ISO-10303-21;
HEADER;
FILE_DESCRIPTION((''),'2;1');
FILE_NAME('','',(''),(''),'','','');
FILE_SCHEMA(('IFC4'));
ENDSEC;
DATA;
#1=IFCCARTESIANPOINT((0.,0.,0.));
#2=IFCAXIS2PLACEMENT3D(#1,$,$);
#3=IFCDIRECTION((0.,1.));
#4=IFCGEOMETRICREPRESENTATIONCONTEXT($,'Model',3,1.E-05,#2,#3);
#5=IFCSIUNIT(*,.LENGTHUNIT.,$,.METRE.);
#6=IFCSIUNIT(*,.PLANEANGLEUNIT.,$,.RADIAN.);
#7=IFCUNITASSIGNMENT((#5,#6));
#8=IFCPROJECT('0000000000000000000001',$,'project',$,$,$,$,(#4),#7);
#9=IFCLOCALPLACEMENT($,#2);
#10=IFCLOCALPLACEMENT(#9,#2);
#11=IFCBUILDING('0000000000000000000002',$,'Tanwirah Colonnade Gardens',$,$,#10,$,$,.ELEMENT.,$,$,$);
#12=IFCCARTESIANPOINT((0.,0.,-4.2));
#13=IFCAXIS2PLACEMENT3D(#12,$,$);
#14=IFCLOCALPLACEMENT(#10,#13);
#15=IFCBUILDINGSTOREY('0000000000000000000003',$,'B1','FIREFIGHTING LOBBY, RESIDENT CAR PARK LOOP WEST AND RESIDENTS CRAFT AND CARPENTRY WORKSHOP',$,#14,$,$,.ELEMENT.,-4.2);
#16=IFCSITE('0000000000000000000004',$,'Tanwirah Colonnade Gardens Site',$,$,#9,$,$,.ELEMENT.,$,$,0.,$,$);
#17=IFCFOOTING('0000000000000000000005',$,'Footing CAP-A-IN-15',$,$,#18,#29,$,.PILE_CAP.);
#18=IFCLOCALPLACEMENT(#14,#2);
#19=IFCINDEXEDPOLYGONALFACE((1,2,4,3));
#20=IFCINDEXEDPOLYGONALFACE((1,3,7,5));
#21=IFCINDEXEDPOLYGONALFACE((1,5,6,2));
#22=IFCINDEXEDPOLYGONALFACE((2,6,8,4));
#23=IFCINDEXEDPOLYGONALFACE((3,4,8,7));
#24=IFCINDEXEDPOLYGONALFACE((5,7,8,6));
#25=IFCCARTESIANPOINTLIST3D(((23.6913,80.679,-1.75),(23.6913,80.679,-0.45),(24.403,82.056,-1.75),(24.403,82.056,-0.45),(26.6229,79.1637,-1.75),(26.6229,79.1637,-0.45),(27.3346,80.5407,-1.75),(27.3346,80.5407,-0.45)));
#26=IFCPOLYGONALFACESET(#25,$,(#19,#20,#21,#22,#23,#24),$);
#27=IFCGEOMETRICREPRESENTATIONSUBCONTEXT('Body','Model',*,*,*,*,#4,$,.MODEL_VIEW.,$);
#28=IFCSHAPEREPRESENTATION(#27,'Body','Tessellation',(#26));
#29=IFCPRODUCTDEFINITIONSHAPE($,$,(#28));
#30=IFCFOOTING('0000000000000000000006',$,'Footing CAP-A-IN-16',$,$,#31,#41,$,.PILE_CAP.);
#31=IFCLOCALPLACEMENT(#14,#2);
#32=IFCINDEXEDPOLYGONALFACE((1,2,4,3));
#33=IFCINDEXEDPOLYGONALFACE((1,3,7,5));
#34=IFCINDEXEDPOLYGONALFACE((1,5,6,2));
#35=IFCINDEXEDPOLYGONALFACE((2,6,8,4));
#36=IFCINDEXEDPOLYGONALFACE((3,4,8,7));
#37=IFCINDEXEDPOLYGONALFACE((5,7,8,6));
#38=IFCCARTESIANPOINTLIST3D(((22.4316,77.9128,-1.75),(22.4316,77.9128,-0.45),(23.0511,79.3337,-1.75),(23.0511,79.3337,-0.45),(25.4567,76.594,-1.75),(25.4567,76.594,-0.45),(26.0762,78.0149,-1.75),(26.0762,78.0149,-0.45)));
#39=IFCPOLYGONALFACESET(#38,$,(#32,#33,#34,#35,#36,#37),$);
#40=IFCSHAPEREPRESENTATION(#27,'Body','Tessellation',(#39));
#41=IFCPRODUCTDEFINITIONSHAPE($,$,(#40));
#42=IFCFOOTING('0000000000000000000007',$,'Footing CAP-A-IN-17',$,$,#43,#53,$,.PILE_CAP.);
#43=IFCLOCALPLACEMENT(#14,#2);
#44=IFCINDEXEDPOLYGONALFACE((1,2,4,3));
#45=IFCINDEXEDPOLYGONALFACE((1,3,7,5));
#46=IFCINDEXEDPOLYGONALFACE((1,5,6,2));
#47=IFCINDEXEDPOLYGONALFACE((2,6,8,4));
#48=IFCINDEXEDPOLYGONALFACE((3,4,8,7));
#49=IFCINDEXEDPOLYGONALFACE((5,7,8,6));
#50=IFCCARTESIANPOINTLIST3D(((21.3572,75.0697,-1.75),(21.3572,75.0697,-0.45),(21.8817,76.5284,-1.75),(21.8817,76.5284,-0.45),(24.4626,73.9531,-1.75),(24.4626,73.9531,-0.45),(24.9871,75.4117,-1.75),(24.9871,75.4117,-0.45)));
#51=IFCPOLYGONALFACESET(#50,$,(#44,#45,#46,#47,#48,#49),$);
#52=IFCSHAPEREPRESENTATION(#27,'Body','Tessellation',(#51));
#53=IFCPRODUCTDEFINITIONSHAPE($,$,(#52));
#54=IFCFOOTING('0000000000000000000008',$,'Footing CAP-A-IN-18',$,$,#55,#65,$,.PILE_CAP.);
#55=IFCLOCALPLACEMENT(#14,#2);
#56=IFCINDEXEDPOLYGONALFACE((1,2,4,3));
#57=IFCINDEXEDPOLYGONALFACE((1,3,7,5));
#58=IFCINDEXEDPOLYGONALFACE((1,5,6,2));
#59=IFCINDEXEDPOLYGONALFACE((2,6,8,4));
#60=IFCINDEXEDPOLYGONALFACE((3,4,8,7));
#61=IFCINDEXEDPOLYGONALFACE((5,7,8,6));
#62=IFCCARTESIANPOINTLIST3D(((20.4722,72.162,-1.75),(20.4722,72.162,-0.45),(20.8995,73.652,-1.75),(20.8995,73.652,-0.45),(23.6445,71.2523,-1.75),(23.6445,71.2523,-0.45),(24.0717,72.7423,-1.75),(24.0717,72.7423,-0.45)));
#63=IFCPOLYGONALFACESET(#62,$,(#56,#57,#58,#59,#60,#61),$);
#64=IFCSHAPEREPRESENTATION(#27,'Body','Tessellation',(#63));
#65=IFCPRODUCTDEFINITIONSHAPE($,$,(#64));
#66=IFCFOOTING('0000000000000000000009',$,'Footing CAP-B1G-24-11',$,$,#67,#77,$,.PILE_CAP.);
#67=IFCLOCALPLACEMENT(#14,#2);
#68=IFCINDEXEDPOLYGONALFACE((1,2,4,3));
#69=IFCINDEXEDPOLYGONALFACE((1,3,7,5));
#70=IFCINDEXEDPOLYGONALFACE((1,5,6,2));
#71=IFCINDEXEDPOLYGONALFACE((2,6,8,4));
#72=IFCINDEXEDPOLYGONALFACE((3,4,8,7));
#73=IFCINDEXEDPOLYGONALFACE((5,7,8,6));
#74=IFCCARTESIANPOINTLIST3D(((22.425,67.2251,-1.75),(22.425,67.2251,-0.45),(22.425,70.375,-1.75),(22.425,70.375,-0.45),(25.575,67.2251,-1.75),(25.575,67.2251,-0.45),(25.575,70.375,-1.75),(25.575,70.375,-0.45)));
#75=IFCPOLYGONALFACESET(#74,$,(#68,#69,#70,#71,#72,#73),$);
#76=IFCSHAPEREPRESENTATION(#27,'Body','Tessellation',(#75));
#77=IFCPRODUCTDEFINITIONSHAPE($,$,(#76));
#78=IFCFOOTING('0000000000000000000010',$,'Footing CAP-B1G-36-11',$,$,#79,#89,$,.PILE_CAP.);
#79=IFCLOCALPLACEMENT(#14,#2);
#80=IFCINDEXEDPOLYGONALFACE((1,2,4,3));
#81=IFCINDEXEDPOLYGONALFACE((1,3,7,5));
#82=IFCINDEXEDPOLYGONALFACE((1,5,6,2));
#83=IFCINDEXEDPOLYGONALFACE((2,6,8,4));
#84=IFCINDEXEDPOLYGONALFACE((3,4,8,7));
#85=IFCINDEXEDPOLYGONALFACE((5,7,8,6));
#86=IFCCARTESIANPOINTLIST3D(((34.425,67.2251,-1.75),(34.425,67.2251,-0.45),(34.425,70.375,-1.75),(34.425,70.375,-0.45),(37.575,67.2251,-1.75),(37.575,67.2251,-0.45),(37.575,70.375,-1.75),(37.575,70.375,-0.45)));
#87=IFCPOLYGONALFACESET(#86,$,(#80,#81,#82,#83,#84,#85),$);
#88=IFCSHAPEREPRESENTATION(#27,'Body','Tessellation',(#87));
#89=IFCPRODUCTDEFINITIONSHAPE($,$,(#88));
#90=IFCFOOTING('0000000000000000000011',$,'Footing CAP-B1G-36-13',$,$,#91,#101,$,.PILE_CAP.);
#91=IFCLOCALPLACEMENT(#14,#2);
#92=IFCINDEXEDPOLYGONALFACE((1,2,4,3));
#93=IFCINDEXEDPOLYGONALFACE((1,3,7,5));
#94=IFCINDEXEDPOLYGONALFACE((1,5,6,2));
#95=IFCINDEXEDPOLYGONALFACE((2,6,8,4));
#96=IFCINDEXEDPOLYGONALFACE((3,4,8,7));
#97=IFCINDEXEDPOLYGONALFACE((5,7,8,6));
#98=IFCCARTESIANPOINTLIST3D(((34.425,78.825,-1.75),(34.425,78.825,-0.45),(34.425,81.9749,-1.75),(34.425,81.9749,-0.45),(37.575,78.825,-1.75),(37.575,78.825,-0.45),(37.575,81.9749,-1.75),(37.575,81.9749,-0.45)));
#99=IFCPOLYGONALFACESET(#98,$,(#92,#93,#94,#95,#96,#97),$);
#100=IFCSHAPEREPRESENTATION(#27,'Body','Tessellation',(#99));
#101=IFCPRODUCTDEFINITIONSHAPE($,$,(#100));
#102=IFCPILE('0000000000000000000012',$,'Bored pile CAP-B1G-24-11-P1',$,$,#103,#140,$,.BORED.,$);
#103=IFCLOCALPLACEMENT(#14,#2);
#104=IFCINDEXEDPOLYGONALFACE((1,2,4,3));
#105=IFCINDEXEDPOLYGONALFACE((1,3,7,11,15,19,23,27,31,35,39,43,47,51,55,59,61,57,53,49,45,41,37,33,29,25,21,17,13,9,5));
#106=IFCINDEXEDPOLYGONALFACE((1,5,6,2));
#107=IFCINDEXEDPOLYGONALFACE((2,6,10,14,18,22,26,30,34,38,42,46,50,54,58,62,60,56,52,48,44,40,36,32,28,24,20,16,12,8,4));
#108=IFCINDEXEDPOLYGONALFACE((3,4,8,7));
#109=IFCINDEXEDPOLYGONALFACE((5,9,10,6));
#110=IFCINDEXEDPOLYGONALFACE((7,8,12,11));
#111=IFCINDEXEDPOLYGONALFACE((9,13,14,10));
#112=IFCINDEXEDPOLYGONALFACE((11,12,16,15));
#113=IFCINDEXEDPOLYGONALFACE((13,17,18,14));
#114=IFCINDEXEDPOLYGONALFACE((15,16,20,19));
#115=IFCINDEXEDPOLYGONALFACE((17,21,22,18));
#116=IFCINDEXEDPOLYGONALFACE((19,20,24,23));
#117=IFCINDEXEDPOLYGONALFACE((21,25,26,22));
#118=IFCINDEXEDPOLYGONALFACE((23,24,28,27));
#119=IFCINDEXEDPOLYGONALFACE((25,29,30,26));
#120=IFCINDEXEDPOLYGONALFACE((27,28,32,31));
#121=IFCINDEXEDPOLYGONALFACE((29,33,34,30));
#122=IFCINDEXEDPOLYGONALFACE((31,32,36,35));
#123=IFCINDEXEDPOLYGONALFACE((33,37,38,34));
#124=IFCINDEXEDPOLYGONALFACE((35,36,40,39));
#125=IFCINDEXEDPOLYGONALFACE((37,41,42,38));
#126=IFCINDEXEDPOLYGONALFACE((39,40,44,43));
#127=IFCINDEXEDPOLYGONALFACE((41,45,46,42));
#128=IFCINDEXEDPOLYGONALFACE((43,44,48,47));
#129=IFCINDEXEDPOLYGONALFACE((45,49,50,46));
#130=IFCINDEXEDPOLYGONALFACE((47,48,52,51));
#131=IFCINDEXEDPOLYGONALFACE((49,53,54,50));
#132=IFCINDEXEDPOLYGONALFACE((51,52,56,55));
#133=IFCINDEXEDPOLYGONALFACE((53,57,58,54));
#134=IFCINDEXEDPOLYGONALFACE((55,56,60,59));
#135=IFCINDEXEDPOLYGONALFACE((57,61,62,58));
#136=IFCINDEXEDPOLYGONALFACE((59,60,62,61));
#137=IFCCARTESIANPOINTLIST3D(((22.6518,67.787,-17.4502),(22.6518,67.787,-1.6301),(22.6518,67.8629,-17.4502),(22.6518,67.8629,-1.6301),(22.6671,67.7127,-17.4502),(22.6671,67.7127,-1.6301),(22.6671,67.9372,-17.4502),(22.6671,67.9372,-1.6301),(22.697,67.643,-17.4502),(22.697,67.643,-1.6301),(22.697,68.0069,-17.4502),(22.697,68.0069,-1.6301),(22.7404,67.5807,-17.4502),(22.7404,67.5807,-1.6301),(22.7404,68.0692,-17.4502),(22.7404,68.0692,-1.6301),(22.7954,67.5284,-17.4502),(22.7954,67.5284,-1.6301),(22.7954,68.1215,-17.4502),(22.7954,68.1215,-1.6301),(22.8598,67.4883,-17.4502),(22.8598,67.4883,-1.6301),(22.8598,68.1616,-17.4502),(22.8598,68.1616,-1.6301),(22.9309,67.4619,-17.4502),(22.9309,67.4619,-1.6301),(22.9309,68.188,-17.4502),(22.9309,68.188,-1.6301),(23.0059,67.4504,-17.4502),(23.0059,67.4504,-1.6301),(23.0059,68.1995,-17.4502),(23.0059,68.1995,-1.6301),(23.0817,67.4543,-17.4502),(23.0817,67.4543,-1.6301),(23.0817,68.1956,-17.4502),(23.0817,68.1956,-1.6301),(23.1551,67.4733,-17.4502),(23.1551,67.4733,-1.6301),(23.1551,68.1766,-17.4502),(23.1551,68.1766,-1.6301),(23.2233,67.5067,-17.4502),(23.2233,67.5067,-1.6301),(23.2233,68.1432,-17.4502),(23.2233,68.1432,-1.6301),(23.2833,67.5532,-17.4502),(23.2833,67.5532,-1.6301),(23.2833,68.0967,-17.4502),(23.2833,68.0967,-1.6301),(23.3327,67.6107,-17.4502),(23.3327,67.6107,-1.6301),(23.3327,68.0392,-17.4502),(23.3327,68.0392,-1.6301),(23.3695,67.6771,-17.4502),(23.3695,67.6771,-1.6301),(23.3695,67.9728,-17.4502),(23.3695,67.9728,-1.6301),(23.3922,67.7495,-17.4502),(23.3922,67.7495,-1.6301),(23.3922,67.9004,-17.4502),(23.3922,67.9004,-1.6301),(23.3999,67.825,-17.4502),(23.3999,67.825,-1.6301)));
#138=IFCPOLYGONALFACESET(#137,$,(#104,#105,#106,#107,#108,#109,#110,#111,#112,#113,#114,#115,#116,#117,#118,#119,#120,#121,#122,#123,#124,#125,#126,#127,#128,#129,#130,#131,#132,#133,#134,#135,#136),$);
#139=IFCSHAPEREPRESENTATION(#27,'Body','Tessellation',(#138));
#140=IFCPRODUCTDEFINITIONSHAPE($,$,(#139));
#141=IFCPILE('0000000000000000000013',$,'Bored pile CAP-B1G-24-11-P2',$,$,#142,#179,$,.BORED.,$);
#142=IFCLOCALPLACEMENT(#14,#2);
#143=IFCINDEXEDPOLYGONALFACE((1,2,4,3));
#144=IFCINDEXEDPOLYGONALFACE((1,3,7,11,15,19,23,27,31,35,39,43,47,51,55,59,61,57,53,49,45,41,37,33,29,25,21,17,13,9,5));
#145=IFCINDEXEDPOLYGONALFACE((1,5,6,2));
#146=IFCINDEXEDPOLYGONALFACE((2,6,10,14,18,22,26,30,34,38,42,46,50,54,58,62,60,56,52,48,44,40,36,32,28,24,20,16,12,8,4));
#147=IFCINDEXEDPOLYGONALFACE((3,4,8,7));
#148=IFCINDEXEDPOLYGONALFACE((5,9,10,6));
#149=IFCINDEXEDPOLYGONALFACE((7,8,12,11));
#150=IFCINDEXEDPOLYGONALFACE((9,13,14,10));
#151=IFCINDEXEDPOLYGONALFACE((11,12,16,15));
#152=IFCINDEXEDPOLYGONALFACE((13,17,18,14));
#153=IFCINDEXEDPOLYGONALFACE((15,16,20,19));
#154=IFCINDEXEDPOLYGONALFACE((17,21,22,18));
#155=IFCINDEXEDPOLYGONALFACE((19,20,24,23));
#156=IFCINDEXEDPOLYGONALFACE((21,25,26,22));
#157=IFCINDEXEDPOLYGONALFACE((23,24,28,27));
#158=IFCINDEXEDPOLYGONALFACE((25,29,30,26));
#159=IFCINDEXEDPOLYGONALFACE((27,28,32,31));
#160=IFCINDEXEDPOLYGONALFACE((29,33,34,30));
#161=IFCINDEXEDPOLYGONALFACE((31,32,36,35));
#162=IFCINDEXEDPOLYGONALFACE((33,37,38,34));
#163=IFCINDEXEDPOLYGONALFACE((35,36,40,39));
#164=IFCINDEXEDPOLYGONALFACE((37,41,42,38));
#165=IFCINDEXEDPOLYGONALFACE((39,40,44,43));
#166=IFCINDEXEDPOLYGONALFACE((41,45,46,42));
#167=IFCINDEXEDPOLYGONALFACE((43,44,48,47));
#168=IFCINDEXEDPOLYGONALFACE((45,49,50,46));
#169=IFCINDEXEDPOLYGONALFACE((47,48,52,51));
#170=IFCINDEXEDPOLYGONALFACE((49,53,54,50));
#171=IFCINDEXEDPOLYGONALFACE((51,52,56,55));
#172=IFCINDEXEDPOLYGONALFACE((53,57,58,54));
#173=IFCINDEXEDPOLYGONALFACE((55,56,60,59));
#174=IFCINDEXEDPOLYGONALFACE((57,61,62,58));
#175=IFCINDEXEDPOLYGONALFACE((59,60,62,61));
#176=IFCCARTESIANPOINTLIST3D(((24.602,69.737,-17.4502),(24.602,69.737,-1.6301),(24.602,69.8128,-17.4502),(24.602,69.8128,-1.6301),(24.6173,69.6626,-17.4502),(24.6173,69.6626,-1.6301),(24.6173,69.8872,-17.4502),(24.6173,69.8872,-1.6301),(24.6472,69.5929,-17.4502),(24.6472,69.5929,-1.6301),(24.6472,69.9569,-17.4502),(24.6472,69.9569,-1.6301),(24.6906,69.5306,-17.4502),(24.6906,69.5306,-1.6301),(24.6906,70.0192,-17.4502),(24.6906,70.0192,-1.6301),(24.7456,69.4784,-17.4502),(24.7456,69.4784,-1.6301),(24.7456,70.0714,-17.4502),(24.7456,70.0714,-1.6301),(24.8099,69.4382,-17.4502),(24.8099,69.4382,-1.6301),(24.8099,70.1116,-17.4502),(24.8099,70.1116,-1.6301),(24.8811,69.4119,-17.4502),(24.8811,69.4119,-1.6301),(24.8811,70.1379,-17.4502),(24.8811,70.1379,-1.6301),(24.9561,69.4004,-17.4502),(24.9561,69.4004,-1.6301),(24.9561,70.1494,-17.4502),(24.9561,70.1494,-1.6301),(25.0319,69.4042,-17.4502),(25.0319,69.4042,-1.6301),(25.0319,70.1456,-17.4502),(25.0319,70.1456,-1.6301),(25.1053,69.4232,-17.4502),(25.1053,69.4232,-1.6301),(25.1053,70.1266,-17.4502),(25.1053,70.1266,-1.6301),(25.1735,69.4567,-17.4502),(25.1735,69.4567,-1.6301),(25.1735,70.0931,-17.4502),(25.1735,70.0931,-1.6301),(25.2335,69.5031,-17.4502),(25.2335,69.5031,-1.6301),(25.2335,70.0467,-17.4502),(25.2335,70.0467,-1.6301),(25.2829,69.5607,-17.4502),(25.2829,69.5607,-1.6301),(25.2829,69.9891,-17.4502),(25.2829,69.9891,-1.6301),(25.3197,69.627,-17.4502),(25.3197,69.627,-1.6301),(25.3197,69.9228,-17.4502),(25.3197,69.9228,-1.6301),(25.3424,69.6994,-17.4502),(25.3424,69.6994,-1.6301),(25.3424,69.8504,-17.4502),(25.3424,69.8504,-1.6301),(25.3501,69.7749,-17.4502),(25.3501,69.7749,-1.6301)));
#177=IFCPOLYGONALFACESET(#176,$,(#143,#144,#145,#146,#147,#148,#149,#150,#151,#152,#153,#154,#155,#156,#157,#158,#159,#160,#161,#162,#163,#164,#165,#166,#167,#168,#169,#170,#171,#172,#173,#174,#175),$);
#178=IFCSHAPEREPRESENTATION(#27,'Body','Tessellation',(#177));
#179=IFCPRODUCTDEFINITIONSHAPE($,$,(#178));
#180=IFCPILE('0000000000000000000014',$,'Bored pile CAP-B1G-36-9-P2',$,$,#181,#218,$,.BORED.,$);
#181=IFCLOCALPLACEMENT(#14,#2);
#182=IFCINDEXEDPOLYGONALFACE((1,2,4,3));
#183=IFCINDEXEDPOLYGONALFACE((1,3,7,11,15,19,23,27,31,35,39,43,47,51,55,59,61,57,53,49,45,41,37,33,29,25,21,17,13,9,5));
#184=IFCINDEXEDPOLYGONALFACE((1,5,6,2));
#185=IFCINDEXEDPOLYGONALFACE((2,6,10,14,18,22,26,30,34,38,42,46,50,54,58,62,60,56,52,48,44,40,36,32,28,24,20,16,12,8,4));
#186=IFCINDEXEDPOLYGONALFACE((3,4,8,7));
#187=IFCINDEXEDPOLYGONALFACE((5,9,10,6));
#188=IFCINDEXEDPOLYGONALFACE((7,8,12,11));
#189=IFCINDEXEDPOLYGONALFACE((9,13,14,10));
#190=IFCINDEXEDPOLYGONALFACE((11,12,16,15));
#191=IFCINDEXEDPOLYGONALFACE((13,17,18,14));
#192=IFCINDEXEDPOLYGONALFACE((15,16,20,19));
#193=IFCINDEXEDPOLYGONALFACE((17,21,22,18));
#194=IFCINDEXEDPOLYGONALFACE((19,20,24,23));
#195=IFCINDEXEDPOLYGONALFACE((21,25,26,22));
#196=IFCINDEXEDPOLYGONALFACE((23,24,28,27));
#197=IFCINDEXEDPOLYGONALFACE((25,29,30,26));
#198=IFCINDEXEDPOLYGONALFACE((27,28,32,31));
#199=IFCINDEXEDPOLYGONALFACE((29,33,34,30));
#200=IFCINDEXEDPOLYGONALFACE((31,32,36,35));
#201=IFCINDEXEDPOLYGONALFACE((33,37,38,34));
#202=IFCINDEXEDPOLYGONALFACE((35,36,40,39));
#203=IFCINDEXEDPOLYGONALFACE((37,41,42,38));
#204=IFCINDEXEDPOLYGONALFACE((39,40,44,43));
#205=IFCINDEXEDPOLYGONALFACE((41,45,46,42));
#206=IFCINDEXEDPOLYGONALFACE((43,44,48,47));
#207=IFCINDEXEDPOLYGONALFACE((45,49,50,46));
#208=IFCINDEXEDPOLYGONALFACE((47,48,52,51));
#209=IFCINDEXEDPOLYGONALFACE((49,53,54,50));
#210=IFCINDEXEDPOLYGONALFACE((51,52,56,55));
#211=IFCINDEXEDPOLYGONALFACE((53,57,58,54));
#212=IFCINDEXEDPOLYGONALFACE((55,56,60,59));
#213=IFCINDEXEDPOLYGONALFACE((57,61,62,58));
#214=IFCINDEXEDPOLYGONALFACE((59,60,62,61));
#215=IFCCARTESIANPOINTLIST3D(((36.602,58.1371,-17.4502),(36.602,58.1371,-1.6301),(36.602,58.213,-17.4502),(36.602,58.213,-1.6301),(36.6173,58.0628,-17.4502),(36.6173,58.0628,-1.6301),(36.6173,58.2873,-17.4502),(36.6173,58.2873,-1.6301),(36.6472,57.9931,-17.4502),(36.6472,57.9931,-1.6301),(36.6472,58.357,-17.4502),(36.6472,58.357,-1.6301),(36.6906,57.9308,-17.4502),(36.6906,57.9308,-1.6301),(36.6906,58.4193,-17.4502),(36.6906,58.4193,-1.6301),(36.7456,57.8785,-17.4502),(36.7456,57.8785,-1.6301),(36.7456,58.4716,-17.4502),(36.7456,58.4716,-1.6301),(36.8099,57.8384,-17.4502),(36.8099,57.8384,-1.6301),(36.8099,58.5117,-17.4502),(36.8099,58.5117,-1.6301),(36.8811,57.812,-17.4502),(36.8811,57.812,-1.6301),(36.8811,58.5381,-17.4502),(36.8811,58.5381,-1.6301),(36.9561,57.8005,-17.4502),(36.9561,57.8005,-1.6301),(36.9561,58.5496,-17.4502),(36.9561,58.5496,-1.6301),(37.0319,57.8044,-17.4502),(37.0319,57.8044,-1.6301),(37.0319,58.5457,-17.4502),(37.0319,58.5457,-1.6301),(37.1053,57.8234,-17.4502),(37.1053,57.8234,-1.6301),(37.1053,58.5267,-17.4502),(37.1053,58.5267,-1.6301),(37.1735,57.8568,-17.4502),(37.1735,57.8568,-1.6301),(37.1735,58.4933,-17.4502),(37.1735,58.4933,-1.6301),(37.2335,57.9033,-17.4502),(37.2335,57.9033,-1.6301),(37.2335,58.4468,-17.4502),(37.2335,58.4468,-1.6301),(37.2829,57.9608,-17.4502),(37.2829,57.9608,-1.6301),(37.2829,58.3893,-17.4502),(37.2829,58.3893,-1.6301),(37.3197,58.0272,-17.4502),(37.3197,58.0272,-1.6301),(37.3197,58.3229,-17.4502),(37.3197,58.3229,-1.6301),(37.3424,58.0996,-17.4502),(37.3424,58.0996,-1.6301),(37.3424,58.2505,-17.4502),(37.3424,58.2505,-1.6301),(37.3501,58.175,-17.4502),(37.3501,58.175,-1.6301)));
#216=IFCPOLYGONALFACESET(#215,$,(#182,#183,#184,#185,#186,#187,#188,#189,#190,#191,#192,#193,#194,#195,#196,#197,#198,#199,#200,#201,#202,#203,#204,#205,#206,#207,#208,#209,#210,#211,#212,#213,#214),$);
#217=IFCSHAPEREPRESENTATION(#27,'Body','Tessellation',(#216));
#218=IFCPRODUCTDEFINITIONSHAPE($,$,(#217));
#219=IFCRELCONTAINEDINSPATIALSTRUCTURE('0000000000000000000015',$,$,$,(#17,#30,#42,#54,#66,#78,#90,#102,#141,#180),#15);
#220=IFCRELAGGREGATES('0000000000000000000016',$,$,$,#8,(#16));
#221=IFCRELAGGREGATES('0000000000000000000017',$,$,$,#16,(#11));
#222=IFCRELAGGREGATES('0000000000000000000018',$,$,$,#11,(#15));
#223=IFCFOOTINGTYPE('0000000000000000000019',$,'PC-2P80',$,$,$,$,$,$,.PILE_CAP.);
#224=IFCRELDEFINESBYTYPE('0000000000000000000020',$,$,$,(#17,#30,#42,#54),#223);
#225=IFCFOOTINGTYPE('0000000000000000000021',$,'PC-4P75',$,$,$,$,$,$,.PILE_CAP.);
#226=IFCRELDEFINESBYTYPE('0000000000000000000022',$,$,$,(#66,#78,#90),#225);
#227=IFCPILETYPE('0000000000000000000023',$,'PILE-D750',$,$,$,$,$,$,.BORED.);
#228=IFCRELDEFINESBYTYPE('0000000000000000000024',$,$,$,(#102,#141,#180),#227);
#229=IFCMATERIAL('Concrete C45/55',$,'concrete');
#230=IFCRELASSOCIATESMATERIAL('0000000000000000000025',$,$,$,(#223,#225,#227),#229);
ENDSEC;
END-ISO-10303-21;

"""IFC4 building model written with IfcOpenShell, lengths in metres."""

from ifc_helpers import new_model, si_unit, direction, frame, origin, origin_2d, place, context, subcontext, project, spatial, rectangle, circle, extrude, material, material_profile, profile_set, type_object, element, save


model = new_model("IFC4")

# Units and contexts
model_context = context("Model", 3, precision=1e-05, world=origin(), true_north=direction((0.0, 1.0)))
body_context = subcontext(model_context, "Body", "Model", "MODEL_VIEW")
ifc_project = project(units=[si_unit("LENGTHUNIT", "METRE"), si_unit("PLANEANGLEUNIT", "RADIAN")], contexts=[model_context])

# Site, building, storey
site_placement = place(None, origin())
site = spatial("IfcSite", under=ifc_project, at=site_placement, Name="Tanwirah Colonnade Gardens Site", CompositionType="ELEMENT", RefElevation=0.0)
building_placement = place(site_placement, origin())
building = spatial("IfcBuilding", under=site, at=building_placement, Name="Tanwirah Colonnade Gardens", CompositionType="ELEMENT")
storey_placement = place(building_placement, frame((0.0, 0.0, -4.2)))
storey = spatial("IfcBuildingStorey", under=building, at=storey_placement, Name="B1", Description="FIREFIGHTING LOBBY, RESIDENT CAR PARK LOOP WEST AND RESIDENTS CRAFT AND CARPENTRY WORKSHOP", CompositionType="ELEMENT", Elevation=-4.2)

# Footings
ifc_material_1 = material(Name="Concrete C45/55", Category="concrete")
footing_type_1 = type_object("IfcFootingType", Name="PC-2P80", PredefinedType="PILE_CAP", material=ifc_material_1)
for number, where, z_axis, x_axis, name in (
    (1, (25.5129, 80.6099, -1.75), (0.0, 0.0, 1.0), (-0.88835, 0.459166, 0.0), "Footing CAP-A-IN-15"),
    (2, (24.2539, 77.9639, -1.75), (0.0, 0.0, 1.0), (-0.916673, 0.399638, 0.0), "Footing CAP-A-IN-16"),
    (3, (23.1721, 75.2407, -1.75), (0.0, 0.0, 1.0), (-0.941012, 0.338373, 0.0), "Footing CAP-A-IN-17"),
    (4, (22.272, 72.4521, -1.75), (0.0, 0.0, 1.0), (-0.961262, 0.275637, 0.0), "Footing CAP-A-IN-18"),
):
    element("IfcFooting", number, at=place(storey_placement, frame(where, z_axis=z_axis, x_axis=x_axis)), inside=storey, type_object=footing_type_1, Name=name, PredefinedType="PILE_CAP", context=body_context, shape_type="SweptSolid", body=[
        extrude(rectangle(XDim=3.3, YDim=1.55, at=origin_2d()), origin(), (0.0, 0.0, 1.0), 1.3),
    ])
footing_type_2 = type_object("IfcFootingType", Name="PC-4P75", PredefinedType="PILE_CAP", material=ifc_material_1)
for number, where, z_axis, x_axis, name in (
    (5, (24.0, 68.8, -1.75), (0.0, 0.0, 1.0), (1.0, 0.0, 0.0), "Footing CAP-B1G-24-11"),
    (6, (36.0, 68.8, -1.75), (0.0, 0.0, 1.0), (1.0, 0.0, 0.0), "Footing CAP-B1G-36-11"),
    (7, (36.0, 80.3999, -1.75), (0.0, 0.0, 1.0), (1.0, 0.0, 0.0), "Footing CAP-B1G-36-13"),
):
    element("IfcFooting", number, at=place(storey_placement, frame(where, z_axis=z_axis, x_axis=x_axis)), inside=storey, type_object=footing_type_2, Name=name, PredefinedType="PILE_CAP", context=body_context, shape_type="SweptSolid", body=[
        extrude(rectangle(XDim=3.1499, YDim=3.1499, at=origin_2d()), origin(), (0.0, 0.0, 1.0), 1.3),
    ])

# Piles
ifc_material_profile_1 = material_profile(ifc_material_1, circle(Radius=0.375, at=origin_2d()), Name="PILE D750")
ifc_profile_set_1 = profile_set([ifc_material_profile_1], Name="Concrete C45/55")
pile_type_1 = type_object("IfcPileType", Name="PILE-D750", PredefinedType="BORED", material=ifc_profile_set_1)
for number, where, z_axis, x_axis, name in (
    (8, (23.0249, 67.825, -1.6301), (0.0, 0.0, -1.0), (1.0, 0.0, 0.0), "Bored pile CAP-B1G-24-11-P1"),
    (9, (24.9751, 69.7749, -1.6301), (0.0, 0.0, -1.0), (1.0, 0.0, 0.0), "Bored pile CAP-B1G-24-11-P2"),
    (10, (36.9751, 58.175, -1.6301), (0.0, 0.0, -1.0), (1.0, 0.0, 0.0), "Bored pile CAP-B1G-36-9-P2"),
):
    element("IfcPile", number, at=place(storey_placement, frame(where, z_axis=z_axis, x_axis=x_axis)), inside=storey, type_object=pile_type_1, Name=name, PredefinedType="BORED", context=body_context, shape_type="SweptSolid", body=[
        extrude(circle(Radius=0.375, at=origin_2d()), origin(), (0.0, 0.0, 1.0), 15.8201),
    ])

save(model, "model.ifc")
